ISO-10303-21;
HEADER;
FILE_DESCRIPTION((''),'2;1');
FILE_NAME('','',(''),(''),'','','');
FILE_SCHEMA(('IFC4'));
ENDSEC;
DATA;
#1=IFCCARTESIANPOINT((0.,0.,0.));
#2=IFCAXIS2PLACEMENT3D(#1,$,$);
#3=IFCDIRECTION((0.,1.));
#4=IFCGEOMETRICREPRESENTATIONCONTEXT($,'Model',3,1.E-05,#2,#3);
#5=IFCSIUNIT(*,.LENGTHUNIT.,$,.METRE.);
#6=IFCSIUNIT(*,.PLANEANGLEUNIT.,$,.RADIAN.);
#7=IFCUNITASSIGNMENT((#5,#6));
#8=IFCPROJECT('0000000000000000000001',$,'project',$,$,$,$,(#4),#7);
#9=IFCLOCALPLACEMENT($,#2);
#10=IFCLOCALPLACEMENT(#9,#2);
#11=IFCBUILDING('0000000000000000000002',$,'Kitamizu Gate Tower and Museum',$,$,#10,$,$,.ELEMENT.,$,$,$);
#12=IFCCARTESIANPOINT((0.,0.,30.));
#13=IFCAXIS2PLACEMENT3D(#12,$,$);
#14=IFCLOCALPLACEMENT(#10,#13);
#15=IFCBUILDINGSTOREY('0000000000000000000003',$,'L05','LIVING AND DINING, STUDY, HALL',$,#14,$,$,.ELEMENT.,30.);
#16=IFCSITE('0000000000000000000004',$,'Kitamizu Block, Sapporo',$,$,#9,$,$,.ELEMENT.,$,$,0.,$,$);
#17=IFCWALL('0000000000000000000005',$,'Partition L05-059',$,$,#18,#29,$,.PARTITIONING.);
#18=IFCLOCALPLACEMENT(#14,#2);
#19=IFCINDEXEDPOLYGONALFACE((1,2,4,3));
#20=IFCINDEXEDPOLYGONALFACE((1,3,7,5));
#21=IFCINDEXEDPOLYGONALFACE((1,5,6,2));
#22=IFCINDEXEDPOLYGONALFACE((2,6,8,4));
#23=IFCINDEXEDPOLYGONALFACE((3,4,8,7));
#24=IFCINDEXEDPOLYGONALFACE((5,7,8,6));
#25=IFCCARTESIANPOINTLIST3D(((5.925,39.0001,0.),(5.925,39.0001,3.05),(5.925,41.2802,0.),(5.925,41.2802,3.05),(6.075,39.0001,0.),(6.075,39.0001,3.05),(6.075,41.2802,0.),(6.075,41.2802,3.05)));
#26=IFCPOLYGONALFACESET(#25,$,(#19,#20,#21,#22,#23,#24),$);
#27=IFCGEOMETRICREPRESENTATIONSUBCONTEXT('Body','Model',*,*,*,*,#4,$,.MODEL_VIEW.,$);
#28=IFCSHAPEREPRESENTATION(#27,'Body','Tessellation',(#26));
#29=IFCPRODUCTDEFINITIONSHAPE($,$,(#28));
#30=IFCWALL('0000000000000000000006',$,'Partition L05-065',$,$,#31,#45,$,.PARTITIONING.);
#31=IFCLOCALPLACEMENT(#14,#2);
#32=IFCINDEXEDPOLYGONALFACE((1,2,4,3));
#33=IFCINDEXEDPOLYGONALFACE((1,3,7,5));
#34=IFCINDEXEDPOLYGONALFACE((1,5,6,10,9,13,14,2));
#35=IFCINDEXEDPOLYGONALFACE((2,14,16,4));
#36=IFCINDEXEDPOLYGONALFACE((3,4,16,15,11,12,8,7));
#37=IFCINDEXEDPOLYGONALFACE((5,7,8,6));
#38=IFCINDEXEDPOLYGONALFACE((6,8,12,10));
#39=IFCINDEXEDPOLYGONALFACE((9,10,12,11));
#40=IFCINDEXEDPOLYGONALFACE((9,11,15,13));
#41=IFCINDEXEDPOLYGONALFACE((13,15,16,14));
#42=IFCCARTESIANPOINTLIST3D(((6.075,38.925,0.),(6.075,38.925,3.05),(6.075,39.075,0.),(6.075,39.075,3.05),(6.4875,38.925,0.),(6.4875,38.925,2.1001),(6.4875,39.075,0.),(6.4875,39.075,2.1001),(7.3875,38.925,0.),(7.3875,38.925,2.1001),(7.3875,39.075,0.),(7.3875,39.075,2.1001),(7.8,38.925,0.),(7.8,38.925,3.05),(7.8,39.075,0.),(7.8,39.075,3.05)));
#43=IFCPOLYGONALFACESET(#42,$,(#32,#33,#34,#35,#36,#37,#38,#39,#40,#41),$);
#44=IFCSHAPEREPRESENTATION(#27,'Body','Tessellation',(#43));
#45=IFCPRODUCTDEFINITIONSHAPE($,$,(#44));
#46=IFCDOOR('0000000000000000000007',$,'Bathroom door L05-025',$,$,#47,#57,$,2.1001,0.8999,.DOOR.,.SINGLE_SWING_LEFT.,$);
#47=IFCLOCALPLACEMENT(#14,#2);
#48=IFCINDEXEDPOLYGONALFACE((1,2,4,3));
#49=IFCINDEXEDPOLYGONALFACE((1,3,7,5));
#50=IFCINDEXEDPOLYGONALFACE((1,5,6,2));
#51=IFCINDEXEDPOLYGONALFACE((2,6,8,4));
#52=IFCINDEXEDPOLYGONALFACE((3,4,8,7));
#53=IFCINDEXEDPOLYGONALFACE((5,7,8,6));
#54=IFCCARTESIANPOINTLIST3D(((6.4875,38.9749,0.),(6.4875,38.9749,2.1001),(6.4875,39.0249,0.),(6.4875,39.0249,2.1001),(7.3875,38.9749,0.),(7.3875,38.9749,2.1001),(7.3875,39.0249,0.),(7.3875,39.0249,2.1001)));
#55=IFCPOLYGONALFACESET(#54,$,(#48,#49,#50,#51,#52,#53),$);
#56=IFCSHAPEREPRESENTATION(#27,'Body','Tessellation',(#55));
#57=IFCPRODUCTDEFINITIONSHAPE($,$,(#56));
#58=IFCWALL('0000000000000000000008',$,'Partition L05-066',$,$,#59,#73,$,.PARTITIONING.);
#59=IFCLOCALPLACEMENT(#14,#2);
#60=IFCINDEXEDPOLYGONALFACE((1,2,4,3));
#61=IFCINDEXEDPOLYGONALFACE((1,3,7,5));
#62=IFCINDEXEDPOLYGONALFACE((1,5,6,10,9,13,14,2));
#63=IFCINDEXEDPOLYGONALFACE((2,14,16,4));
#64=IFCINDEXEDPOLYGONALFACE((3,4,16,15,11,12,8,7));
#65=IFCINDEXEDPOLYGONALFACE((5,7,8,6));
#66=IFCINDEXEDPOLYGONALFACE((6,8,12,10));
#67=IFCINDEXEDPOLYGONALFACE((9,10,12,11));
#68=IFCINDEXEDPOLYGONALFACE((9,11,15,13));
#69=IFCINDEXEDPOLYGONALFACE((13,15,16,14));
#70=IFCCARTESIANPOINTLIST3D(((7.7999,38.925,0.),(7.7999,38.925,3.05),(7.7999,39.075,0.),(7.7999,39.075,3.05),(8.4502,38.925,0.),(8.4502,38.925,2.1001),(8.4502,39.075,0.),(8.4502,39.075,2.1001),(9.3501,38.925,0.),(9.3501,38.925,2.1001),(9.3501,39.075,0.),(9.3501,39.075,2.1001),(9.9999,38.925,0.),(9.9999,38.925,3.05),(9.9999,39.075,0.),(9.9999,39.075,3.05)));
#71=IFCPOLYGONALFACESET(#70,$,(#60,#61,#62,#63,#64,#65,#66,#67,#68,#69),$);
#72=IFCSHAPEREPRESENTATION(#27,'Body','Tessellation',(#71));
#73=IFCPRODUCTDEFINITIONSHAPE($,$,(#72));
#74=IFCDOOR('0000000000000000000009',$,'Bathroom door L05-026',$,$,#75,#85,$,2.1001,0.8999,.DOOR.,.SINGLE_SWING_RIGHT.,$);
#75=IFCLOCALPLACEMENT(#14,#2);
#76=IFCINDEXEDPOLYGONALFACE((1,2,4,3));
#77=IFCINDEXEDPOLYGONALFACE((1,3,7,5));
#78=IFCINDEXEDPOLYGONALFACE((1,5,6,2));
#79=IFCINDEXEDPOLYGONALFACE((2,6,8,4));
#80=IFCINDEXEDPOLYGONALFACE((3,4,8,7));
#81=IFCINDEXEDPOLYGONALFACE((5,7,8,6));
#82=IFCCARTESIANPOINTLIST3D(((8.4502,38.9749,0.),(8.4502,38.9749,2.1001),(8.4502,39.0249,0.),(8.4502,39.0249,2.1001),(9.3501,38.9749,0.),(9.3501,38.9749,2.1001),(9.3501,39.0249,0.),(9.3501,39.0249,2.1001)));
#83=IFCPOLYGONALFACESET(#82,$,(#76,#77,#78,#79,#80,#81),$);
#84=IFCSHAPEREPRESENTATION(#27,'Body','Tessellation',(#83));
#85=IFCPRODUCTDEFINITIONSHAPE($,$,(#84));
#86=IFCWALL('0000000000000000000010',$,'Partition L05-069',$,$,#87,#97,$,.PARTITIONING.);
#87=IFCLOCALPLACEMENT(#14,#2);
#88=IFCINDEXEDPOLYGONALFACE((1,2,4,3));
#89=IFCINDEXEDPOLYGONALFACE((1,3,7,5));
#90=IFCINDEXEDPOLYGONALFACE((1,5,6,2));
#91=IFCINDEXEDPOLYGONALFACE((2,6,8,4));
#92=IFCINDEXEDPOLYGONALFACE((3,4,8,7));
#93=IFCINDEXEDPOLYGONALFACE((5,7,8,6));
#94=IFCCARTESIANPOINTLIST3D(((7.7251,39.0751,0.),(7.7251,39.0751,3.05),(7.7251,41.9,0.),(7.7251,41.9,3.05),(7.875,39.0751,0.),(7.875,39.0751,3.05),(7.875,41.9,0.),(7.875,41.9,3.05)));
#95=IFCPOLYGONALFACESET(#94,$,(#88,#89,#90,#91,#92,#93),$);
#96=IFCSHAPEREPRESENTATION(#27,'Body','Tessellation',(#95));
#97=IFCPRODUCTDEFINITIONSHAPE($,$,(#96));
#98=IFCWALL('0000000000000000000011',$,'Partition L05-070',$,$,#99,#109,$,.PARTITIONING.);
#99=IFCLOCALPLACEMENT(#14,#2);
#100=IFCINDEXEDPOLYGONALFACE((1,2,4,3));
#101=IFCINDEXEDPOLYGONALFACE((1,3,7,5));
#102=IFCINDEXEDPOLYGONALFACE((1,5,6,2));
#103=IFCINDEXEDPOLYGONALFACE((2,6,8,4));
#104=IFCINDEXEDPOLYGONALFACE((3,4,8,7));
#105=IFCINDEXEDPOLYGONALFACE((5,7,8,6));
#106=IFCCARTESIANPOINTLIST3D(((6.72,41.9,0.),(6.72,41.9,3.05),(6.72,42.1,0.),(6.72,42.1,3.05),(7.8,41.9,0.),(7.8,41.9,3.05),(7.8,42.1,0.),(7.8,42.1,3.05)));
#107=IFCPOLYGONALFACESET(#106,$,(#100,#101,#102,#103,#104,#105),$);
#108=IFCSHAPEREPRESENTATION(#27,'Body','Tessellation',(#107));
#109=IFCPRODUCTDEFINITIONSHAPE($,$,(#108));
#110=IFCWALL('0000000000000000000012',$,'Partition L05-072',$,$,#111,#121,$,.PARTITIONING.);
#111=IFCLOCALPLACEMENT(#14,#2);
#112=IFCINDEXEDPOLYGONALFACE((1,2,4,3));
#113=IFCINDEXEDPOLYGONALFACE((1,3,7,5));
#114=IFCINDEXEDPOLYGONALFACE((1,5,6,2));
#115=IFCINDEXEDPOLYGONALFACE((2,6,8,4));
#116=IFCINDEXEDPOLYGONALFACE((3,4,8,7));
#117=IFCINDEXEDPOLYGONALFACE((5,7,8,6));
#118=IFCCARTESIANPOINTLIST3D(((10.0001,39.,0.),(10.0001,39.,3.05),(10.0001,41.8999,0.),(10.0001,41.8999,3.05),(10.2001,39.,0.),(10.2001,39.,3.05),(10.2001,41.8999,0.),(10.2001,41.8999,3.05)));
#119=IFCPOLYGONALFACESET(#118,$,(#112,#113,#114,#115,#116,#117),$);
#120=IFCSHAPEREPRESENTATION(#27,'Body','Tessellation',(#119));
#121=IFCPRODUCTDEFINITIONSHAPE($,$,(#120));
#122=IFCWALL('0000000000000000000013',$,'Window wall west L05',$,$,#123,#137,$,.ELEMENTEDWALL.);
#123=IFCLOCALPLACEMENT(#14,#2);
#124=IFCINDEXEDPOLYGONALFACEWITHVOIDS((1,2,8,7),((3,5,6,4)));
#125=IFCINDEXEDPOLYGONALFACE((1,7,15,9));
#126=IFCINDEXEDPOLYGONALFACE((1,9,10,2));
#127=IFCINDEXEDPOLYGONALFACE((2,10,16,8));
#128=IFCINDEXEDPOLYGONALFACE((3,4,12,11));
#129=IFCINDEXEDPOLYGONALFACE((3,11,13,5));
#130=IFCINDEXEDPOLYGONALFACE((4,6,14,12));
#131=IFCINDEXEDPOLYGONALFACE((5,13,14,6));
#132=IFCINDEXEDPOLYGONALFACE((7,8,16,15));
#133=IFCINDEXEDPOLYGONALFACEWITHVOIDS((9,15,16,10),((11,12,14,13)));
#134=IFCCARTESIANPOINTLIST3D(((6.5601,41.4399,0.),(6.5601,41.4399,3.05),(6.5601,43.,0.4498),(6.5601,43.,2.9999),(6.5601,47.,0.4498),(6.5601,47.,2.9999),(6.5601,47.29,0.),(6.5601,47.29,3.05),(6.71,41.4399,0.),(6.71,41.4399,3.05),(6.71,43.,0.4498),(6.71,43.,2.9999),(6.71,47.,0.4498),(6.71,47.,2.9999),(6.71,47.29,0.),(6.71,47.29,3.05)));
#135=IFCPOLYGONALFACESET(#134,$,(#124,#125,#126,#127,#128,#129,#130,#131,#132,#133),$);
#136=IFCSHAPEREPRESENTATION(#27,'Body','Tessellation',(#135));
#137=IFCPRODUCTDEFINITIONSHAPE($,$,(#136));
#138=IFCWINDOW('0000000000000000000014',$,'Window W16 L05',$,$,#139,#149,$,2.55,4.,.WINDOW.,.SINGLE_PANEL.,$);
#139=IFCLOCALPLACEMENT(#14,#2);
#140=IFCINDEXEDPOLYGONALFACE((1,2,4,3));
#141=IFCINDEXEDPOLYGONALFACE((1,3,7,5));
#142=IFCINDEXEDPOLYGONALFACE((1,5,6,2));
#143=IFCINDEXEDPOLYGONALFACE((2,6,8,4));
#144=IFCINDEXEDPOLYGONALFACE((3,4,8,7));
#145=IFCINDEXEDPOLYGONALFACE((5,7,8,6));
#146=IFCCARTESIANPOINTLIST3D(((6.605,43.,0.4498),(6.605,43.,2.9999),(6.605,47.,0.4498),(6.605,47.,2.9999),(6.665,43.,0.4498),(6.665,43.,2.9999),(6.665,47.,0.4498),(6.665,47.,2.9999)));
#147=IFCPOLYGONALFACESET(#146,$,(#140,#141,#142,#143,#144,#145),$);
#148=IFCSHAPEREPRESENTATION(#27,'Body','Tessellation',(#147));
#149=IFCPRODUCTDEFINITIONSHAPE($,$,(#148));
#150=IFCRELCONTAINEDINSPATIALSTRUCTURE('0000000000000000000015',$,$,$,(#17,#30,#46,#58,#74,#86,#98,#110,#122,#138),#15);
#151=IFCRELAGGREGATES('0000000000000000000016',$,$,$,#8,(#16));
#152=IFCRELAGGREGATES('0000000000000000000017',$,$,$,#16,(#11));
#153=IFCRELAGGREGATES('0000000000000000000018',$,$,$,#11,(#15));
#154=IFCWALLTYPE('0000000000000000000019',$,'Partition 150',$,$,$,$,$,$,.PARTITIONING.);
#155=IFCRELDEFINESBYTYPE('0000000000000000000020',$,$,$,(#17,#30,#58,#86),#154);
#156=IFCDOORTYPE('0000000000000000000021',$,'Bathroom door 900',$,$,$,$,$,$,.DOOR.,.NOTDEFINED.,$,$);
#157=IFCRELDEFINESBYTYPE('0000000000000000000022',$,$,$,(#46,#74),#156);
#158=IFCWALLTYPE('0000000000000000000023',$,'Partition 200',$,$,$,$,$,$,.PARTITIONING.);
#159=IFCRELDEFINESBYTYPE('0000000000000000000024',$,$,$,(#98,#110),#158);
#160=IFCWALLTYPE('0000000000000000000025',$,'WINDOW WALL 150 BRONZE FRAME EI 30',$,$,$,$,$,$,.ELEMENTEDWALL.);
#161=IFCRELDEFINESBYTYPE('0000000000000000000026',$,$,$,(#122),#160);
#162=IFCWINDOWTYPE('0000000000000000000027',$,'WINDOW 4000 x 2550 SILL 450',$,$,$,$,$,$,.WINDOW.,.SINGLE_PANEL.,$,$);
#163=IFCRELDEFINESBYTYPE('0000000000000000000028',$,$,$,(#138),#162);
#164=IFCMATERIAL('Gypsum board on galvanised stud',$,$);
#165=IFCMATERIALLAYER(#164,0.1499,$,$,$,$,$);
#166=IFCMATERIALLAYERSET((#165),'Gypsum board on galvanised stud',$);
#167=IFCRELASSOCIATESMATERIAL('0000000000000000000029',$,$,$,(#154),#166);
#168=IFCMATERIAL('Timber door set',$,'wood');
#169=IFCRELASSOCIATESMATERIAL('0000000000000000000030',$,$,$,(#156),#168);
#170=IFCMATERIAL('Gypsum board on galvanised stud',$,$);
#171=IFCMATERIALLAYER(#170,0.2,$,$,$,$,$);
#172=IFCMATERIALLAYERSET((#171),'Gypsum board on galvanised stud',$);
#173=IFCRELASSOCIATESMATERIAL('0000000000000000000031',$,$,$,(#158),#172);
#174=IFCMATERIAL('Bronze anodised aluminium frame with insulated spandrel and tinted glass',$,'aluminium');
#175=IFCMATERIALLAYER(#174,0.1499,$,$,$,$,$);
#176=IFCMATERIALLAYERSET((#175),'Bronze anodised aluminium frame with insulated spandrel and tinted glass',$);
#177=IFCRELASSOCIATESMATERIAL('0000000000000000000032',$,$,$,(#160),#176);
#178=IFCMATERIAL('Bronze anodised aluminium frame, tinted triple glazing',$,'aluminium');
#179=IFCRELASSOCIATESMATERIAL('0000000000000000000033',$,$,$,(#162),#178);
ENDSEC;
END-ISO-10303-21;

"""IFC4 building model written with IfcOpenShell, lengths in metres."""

from ifc_helpers import new_model, si_unit, direction, frame, frame_2d, origin, place, context, subcontext, project, spatial, rectangle, extrude, material, layer, layer_set, type_object, element, fill, save


model = new_model("IFC4")

# Units and contexts
model_context = context("Model", 3, precision=1e-05, world=origin(), true_north=direction((0.0, 1.0)))
body_context = subcontext(model_context, "Body", "Model", "MODEL_VIEW")
ifc_project = project(units=[si_unit("LENGTHUNIT", "METRE"), si_unit("PLANEANGLEUNIT", "RADIAN")], contexts=[model_context])

# Site, building, storey
site_placement = place(None, origin())
site = spatial("IfcSite", under=ifc_project, at=site_placement, Name="Kitamizu Block, Sapporo", CompositionType="ELEMENT", RefElevation=0.0)
building_placement = place(site_placement, origin())
building = spatial("IfcBuilding", under=site, at=building_placement, Name="Kitamizu Gate Tower and Museum", CompositionType="ELEMENT")
storey_placement = place(building_placement, frame((0.0, 0.0, 30.0)))
storey = spatial("IfcBuildingStorey", under=building, at=storey_placement, Name="L05", Description="LIVING AND DINING, STUDY, HALL", CompositionType="ELEMENT", Elevation=30.0)

# Wall
ifc_material_1 = material(Name="Gypsum board on galvanised stud")
ifc_layer_1 = layer(ifc_material_1, 0.1499)
ifc_layer_set_1 = layer_set([ifc_layer_1], Name="Gypsum board on galvanised stud")
wall_type_1 = type_object("IfcWallType", Name="Partition 150", PredefinedType="PARTITIONING", material=ifc_layer_set_1)
wall_1_placement = place(storey_placement, frame((6.0, 39.0, 0.0), z_axis=(0.0, 0.0, 1.0), x_axis=(0.0, 1.0, 0.0)))
element("IfcWall", 1, at=wall_1_placement, inside=storey, type_object=wall_type_1, Name="Partition L05-059", PredefinedType="PARTITIONING", context=body_context, shape_type="SweptSolid", body=[
    extrude(rectangle(XDim=2.28, YDim=0.1499, at=frame_2d((1.1401, 0.0))), origin(), (0.0, 0.0, 1.0), 3.05),
])

# Walls, openings, doors
wall_2_placement = place(storey_placement, frame((7.8, 39.0, 0.0), z_axis=(0.0, 0.0, 1.0), x_axis=(-1.0, 0.0, 0.0)))
wall_2 = element("IfcWall", 2, at=wall_2_placement, inside=storey, type_object=wall_type_1, Name="Partition L05-065", PredefinedType="PARTITIONING", context=body_context, shape_type="SweptSolid", body=[
    extrude(rectangle(XDim=1.7251, YDim=0.1499, at=frame_2d((0.8625, 0.0))), origin(), (0.0, 0.0, 1.0), 3.05),
])
opening_1_placement = place(wall_2_placement, frame((0.4126, 0.0, 0.0)))
opening_1 = element("IfcOpeningElement", 3, at=opening_1_placement, cuts=wall_2, PredefinedType="OPENING", context=body_context, shape_type="SweptSolid", body=[
    extrude(rectangle(XDim=0.8999, YDim=2.1001, at=frame_2d((0.45, 1.05))), frame((0.0, 0.085, 0.0), z_axis=(0.0, -1.0, 0.0), x_axis=(1.0, 0.0, 0.0)), (0.0, 0.0, 1.0), 0.1699),
])
ifc_material_2 = material(Name="Timber door set", Category="wood")
door_type = type_object("IfcDoorType", Name="Bathroom door 900", OperationType="NOTDEFINED", PredefinedType="DOOR", material=ifc_material_2)
door_1_placement = place(opening_1_placement, frame((0.8999, 0.0, 0.0), x_axis=(-1.0, 0.0, 0.0)))
door_1 = element("IfcDoor", 4, at=door_1_placement, inside=storey, type_object=door_type, Name="Bathroom door L05-025", OperationType="SINGLE_SWING_LEFT", OverallHeight=2.1001, OverallWidth=0.8999, PredefinedType="DOOR", context=body_context, shape_type="SweptSolid", body=[
    extrude(rectangle(XDim=0.8999, YDim=2.1001, at=frame_2d((0.45, 1.05))), frame((0.0, 0.0249, 0.0), z_axis=(0.0, -1.0, 0.0), x_axis=(1.0, 0.0, 0.0)), (0.0, 0.0, 1.0), 0.05),
])
fill(opening_1, door_1)
wall_3_placement = place(storey_placement, frame((10.0, 39.0, 0.0), z_axis=(0.0, 0.0, 1.0), x_axis=(-1.0, 0.0, 0.0)))
wall_3 = element("IfcWall", 5, at=wall_3_placement, inside=storey, type_object=wall_type_1, Name="Partition L05-066", PredefinedType="PARTITIONING", context=body_context, shape_type="SweptSolid", body=[
    extrude(rectangle(XDim=2.2, YDim=0.1499, at=frame_2d((1.1001, 0.0))), origin(), (0.0, 0.0, 1.0), 3.05),
])
opening_2_placement = place(wall_3_placement, frame((0.6499, 0.0, 0.0)))
opening_2 = element("IfcOpeningElement", 6, at=opening_2_placement, cuts=wall_3, PredefinedType="OPENING", context=body_context, shape_type="SweptSolid", body=[
    extrude(rectangle(XDim=0.8999, YDim=2.1001, at=frame_2d((0.45, 1.05))), frame((0.0, 0.085, 0.0), z_axis=(0.0, -1.0, 0.0), x_axis=(1.0, 0.0, 0.0)), (0.0, 0.0, 1.0), 0.1699),
])
door_2_placement = place(opening_2_placement, frame((0.8999, 0.0, 0.0), x_axis=(-1.0, 0.0, 0.0)))
door_2 = element("IfcDoor", 7, at=door_2_placement, inside=storey, type_object=door_type, Name="Bathroom door L05-026", OperationType="SINGLE_SWING_RIGHT", OverallHeight=2.1001, OverallWidth=0.8999, PredefinedType="DOOR", context=body_context, shape_type="SweptSolid", body=[
    extrude(rectangle(XDim=0.8999, YDim=2.1001, at=frame_2d((0.45, 1.05))), frame((0.0, 0.0249, 0.0), z_axis=(0.0, -1.0, 0.0), x_axis=(1.0, 0.0, 0.0)), (0.0, 0.0, 1.0), 0.05),
])
fill(opening_2, door_2)

# Walls
wall_4_placement = place(storey_placement, frame((7.8, 39.075, 0.0), z_axis=(0.0, 0.0, 1.0), x_axis=(0.0, 1.0, 0.0)))
element("IfcWall", 8, at=wall_4_placement, inside=storey, type_object=wall_type_1, Name="Partition L05-069", PredefinedType="PARTITIONING", context=body_context, shape_type="SweptSolid", body=[
    extrude(rectangle(XDim=2.825, YDim=0.1499, at=frame_2d((1.4126, 0.0))), origin(), (0.0, 0.0, 1.0), 3.05),
])
ifc_material_3 = material(Name="Gypsum board on galvanised stud")
ifc_layer_2 = layer(ifc_material_3, 0.2)
ifc_layer_set_2 = layer_set([ifc_layer_2], Name="Gypsum board on galvanised stud")
wall_type_2 = type_object("IfcWallType", Name="Partition 200", PredefinedType="PARTITIONING", material=ifc_layer_set_2)
wall_5_placement = place(storey_placement, frame((7.8, 42.0, 0.0), z_axis=(0.0, 0.0, 1.0), x_axis=(-1.0, 0.0, 0.0)))
element("IfcWall", 9, at=wall_5_placement, inside=storey, type_object=wall_type_2, Name="Partition L05-070", PredefinedType="PARTITIONING", context=body_context, shape_type="SweptSolid", body=[
    extrude(rectangle(XDim=1.0801, YDim=0.2, at=frame_2d((0.54, 0.0))), origin(), (0.0, 0.0, 1.0), 3.05),
])
wall_6_placement = place(storey_placement, frame((10.1001, 39.0, 0.0), z_axis=(0.0, 0.0, 1.0), x_axis=(0.0, 1.0, 0.0)))
element("IfcWall", 10, at=wall_6_placement, inside=storey, type_object=wall_type_2, Name="Partition L05-072", PredefinedType="PARTITIONING", context=body_context, shape_type="SweptSolid", body=[
    extrude(rectangle(XDim=2.8999, YDim=0.2, at=frame_2d((1.45, 0.0))), origin(), (0.0, 0.0, 1.0), 3.05),
])

# Shared definitions
ifc_material_4 = material(Name="Bronze anodised aluminium frame with insulated spandrel and tinted glass", Category="aluminium")
ifc_layer_3 = layer(ifc_material_4, 0.1499)
ifc_layer_set_3 = layer_set([ifc_layer_3], Name="Bronze anodised aluminium frame with insulated spandrel and tinted glass")
wall_type_3 = type_object("IfcWallType", Name="WINDOW WALL 150 BRONZE FRAME EI 30", PredefinedType="ELEMENTEDWALL", material=ifc_layer_set_3)

# Wall, opening, window
wall_7_placement = place(storey_placement, frame((6.635, 41.4399, 0.0), z_axis=(0.0, 0.0, 1.0), x_axis=(0.0, 1.0, 0.0)))
wall_7 = element("IfcWall", 11, at=wall_7_placement, inside=storey, type_object=wall_type_3, Name="Window wall west L05", PredefinedType="ELEMENTEDWALL", context=body_context, shape_type="SweptSolid", body=[
    extrude(rectangle(XDim=5.8501, YDim=0.1499, at=frame_2d((2.925, 0.0))), origin(), (0.0, 0.0, 1.0), 3.05),
])
opening_3_placement = place(wall_7_placement, frame((1.5601, 0.0, 0.45)))
opening_3 = element("IfcOpeningElement", 12, at=opening_3_placement, cuts=wall_7, PredefinedType="OPENING", context=body_context, shape_type="SweptSolid", body=[
    extrude(rectangle(XDim=4.0, YDim=2.55, at=frame_2d((2.0, 1.2749))), frame((0.0, 0.085, 0.0), z_axis=(0.0, -1.0, 0.0), x_axis=(1.0, 0.0, 0.0)), (0.0, 0.0, 1.0), 0.1699),
])
ifc_material_5 = material(Name="Bronze anodised aluminium frame, tinted triple glazing", Category="aluminium")
window_type_1 = type_object("IfcWindowType", Name="WINDOW 4000 x 2550 SILL 450", PartitioningType="SINGLE_PANEL", PredefinedType="WINDOW", material=ifc_material_5)
window_1_placement = place(opening_3_placement, origin())
window_1 = element("IfcWindow", 13, at=window_1_placement, inside=storey, type_object=window_type_1, Name="Window W16 L05", OverallHeight=2.55, OverallWidth=4.0, PartitioningType="SINGLE_PANEL", PredefinedType="WINDOW", context=body_context, shape_type="SweptSolid", body=[
    extrude(rectangle(XDim=4.0, YDim=2.55, at=frame_2d((2.0, 1.2749))), frame((0.0, 0.03, 0.0), z_axis=(0.0, -1.0, 0.0), x_axis=(1.0, 0.0, 0.0)), (0.0, 0.0, 1.0), 0.0601),
])
fill(opening_3, window_1)

save(model, "model.ifc")
